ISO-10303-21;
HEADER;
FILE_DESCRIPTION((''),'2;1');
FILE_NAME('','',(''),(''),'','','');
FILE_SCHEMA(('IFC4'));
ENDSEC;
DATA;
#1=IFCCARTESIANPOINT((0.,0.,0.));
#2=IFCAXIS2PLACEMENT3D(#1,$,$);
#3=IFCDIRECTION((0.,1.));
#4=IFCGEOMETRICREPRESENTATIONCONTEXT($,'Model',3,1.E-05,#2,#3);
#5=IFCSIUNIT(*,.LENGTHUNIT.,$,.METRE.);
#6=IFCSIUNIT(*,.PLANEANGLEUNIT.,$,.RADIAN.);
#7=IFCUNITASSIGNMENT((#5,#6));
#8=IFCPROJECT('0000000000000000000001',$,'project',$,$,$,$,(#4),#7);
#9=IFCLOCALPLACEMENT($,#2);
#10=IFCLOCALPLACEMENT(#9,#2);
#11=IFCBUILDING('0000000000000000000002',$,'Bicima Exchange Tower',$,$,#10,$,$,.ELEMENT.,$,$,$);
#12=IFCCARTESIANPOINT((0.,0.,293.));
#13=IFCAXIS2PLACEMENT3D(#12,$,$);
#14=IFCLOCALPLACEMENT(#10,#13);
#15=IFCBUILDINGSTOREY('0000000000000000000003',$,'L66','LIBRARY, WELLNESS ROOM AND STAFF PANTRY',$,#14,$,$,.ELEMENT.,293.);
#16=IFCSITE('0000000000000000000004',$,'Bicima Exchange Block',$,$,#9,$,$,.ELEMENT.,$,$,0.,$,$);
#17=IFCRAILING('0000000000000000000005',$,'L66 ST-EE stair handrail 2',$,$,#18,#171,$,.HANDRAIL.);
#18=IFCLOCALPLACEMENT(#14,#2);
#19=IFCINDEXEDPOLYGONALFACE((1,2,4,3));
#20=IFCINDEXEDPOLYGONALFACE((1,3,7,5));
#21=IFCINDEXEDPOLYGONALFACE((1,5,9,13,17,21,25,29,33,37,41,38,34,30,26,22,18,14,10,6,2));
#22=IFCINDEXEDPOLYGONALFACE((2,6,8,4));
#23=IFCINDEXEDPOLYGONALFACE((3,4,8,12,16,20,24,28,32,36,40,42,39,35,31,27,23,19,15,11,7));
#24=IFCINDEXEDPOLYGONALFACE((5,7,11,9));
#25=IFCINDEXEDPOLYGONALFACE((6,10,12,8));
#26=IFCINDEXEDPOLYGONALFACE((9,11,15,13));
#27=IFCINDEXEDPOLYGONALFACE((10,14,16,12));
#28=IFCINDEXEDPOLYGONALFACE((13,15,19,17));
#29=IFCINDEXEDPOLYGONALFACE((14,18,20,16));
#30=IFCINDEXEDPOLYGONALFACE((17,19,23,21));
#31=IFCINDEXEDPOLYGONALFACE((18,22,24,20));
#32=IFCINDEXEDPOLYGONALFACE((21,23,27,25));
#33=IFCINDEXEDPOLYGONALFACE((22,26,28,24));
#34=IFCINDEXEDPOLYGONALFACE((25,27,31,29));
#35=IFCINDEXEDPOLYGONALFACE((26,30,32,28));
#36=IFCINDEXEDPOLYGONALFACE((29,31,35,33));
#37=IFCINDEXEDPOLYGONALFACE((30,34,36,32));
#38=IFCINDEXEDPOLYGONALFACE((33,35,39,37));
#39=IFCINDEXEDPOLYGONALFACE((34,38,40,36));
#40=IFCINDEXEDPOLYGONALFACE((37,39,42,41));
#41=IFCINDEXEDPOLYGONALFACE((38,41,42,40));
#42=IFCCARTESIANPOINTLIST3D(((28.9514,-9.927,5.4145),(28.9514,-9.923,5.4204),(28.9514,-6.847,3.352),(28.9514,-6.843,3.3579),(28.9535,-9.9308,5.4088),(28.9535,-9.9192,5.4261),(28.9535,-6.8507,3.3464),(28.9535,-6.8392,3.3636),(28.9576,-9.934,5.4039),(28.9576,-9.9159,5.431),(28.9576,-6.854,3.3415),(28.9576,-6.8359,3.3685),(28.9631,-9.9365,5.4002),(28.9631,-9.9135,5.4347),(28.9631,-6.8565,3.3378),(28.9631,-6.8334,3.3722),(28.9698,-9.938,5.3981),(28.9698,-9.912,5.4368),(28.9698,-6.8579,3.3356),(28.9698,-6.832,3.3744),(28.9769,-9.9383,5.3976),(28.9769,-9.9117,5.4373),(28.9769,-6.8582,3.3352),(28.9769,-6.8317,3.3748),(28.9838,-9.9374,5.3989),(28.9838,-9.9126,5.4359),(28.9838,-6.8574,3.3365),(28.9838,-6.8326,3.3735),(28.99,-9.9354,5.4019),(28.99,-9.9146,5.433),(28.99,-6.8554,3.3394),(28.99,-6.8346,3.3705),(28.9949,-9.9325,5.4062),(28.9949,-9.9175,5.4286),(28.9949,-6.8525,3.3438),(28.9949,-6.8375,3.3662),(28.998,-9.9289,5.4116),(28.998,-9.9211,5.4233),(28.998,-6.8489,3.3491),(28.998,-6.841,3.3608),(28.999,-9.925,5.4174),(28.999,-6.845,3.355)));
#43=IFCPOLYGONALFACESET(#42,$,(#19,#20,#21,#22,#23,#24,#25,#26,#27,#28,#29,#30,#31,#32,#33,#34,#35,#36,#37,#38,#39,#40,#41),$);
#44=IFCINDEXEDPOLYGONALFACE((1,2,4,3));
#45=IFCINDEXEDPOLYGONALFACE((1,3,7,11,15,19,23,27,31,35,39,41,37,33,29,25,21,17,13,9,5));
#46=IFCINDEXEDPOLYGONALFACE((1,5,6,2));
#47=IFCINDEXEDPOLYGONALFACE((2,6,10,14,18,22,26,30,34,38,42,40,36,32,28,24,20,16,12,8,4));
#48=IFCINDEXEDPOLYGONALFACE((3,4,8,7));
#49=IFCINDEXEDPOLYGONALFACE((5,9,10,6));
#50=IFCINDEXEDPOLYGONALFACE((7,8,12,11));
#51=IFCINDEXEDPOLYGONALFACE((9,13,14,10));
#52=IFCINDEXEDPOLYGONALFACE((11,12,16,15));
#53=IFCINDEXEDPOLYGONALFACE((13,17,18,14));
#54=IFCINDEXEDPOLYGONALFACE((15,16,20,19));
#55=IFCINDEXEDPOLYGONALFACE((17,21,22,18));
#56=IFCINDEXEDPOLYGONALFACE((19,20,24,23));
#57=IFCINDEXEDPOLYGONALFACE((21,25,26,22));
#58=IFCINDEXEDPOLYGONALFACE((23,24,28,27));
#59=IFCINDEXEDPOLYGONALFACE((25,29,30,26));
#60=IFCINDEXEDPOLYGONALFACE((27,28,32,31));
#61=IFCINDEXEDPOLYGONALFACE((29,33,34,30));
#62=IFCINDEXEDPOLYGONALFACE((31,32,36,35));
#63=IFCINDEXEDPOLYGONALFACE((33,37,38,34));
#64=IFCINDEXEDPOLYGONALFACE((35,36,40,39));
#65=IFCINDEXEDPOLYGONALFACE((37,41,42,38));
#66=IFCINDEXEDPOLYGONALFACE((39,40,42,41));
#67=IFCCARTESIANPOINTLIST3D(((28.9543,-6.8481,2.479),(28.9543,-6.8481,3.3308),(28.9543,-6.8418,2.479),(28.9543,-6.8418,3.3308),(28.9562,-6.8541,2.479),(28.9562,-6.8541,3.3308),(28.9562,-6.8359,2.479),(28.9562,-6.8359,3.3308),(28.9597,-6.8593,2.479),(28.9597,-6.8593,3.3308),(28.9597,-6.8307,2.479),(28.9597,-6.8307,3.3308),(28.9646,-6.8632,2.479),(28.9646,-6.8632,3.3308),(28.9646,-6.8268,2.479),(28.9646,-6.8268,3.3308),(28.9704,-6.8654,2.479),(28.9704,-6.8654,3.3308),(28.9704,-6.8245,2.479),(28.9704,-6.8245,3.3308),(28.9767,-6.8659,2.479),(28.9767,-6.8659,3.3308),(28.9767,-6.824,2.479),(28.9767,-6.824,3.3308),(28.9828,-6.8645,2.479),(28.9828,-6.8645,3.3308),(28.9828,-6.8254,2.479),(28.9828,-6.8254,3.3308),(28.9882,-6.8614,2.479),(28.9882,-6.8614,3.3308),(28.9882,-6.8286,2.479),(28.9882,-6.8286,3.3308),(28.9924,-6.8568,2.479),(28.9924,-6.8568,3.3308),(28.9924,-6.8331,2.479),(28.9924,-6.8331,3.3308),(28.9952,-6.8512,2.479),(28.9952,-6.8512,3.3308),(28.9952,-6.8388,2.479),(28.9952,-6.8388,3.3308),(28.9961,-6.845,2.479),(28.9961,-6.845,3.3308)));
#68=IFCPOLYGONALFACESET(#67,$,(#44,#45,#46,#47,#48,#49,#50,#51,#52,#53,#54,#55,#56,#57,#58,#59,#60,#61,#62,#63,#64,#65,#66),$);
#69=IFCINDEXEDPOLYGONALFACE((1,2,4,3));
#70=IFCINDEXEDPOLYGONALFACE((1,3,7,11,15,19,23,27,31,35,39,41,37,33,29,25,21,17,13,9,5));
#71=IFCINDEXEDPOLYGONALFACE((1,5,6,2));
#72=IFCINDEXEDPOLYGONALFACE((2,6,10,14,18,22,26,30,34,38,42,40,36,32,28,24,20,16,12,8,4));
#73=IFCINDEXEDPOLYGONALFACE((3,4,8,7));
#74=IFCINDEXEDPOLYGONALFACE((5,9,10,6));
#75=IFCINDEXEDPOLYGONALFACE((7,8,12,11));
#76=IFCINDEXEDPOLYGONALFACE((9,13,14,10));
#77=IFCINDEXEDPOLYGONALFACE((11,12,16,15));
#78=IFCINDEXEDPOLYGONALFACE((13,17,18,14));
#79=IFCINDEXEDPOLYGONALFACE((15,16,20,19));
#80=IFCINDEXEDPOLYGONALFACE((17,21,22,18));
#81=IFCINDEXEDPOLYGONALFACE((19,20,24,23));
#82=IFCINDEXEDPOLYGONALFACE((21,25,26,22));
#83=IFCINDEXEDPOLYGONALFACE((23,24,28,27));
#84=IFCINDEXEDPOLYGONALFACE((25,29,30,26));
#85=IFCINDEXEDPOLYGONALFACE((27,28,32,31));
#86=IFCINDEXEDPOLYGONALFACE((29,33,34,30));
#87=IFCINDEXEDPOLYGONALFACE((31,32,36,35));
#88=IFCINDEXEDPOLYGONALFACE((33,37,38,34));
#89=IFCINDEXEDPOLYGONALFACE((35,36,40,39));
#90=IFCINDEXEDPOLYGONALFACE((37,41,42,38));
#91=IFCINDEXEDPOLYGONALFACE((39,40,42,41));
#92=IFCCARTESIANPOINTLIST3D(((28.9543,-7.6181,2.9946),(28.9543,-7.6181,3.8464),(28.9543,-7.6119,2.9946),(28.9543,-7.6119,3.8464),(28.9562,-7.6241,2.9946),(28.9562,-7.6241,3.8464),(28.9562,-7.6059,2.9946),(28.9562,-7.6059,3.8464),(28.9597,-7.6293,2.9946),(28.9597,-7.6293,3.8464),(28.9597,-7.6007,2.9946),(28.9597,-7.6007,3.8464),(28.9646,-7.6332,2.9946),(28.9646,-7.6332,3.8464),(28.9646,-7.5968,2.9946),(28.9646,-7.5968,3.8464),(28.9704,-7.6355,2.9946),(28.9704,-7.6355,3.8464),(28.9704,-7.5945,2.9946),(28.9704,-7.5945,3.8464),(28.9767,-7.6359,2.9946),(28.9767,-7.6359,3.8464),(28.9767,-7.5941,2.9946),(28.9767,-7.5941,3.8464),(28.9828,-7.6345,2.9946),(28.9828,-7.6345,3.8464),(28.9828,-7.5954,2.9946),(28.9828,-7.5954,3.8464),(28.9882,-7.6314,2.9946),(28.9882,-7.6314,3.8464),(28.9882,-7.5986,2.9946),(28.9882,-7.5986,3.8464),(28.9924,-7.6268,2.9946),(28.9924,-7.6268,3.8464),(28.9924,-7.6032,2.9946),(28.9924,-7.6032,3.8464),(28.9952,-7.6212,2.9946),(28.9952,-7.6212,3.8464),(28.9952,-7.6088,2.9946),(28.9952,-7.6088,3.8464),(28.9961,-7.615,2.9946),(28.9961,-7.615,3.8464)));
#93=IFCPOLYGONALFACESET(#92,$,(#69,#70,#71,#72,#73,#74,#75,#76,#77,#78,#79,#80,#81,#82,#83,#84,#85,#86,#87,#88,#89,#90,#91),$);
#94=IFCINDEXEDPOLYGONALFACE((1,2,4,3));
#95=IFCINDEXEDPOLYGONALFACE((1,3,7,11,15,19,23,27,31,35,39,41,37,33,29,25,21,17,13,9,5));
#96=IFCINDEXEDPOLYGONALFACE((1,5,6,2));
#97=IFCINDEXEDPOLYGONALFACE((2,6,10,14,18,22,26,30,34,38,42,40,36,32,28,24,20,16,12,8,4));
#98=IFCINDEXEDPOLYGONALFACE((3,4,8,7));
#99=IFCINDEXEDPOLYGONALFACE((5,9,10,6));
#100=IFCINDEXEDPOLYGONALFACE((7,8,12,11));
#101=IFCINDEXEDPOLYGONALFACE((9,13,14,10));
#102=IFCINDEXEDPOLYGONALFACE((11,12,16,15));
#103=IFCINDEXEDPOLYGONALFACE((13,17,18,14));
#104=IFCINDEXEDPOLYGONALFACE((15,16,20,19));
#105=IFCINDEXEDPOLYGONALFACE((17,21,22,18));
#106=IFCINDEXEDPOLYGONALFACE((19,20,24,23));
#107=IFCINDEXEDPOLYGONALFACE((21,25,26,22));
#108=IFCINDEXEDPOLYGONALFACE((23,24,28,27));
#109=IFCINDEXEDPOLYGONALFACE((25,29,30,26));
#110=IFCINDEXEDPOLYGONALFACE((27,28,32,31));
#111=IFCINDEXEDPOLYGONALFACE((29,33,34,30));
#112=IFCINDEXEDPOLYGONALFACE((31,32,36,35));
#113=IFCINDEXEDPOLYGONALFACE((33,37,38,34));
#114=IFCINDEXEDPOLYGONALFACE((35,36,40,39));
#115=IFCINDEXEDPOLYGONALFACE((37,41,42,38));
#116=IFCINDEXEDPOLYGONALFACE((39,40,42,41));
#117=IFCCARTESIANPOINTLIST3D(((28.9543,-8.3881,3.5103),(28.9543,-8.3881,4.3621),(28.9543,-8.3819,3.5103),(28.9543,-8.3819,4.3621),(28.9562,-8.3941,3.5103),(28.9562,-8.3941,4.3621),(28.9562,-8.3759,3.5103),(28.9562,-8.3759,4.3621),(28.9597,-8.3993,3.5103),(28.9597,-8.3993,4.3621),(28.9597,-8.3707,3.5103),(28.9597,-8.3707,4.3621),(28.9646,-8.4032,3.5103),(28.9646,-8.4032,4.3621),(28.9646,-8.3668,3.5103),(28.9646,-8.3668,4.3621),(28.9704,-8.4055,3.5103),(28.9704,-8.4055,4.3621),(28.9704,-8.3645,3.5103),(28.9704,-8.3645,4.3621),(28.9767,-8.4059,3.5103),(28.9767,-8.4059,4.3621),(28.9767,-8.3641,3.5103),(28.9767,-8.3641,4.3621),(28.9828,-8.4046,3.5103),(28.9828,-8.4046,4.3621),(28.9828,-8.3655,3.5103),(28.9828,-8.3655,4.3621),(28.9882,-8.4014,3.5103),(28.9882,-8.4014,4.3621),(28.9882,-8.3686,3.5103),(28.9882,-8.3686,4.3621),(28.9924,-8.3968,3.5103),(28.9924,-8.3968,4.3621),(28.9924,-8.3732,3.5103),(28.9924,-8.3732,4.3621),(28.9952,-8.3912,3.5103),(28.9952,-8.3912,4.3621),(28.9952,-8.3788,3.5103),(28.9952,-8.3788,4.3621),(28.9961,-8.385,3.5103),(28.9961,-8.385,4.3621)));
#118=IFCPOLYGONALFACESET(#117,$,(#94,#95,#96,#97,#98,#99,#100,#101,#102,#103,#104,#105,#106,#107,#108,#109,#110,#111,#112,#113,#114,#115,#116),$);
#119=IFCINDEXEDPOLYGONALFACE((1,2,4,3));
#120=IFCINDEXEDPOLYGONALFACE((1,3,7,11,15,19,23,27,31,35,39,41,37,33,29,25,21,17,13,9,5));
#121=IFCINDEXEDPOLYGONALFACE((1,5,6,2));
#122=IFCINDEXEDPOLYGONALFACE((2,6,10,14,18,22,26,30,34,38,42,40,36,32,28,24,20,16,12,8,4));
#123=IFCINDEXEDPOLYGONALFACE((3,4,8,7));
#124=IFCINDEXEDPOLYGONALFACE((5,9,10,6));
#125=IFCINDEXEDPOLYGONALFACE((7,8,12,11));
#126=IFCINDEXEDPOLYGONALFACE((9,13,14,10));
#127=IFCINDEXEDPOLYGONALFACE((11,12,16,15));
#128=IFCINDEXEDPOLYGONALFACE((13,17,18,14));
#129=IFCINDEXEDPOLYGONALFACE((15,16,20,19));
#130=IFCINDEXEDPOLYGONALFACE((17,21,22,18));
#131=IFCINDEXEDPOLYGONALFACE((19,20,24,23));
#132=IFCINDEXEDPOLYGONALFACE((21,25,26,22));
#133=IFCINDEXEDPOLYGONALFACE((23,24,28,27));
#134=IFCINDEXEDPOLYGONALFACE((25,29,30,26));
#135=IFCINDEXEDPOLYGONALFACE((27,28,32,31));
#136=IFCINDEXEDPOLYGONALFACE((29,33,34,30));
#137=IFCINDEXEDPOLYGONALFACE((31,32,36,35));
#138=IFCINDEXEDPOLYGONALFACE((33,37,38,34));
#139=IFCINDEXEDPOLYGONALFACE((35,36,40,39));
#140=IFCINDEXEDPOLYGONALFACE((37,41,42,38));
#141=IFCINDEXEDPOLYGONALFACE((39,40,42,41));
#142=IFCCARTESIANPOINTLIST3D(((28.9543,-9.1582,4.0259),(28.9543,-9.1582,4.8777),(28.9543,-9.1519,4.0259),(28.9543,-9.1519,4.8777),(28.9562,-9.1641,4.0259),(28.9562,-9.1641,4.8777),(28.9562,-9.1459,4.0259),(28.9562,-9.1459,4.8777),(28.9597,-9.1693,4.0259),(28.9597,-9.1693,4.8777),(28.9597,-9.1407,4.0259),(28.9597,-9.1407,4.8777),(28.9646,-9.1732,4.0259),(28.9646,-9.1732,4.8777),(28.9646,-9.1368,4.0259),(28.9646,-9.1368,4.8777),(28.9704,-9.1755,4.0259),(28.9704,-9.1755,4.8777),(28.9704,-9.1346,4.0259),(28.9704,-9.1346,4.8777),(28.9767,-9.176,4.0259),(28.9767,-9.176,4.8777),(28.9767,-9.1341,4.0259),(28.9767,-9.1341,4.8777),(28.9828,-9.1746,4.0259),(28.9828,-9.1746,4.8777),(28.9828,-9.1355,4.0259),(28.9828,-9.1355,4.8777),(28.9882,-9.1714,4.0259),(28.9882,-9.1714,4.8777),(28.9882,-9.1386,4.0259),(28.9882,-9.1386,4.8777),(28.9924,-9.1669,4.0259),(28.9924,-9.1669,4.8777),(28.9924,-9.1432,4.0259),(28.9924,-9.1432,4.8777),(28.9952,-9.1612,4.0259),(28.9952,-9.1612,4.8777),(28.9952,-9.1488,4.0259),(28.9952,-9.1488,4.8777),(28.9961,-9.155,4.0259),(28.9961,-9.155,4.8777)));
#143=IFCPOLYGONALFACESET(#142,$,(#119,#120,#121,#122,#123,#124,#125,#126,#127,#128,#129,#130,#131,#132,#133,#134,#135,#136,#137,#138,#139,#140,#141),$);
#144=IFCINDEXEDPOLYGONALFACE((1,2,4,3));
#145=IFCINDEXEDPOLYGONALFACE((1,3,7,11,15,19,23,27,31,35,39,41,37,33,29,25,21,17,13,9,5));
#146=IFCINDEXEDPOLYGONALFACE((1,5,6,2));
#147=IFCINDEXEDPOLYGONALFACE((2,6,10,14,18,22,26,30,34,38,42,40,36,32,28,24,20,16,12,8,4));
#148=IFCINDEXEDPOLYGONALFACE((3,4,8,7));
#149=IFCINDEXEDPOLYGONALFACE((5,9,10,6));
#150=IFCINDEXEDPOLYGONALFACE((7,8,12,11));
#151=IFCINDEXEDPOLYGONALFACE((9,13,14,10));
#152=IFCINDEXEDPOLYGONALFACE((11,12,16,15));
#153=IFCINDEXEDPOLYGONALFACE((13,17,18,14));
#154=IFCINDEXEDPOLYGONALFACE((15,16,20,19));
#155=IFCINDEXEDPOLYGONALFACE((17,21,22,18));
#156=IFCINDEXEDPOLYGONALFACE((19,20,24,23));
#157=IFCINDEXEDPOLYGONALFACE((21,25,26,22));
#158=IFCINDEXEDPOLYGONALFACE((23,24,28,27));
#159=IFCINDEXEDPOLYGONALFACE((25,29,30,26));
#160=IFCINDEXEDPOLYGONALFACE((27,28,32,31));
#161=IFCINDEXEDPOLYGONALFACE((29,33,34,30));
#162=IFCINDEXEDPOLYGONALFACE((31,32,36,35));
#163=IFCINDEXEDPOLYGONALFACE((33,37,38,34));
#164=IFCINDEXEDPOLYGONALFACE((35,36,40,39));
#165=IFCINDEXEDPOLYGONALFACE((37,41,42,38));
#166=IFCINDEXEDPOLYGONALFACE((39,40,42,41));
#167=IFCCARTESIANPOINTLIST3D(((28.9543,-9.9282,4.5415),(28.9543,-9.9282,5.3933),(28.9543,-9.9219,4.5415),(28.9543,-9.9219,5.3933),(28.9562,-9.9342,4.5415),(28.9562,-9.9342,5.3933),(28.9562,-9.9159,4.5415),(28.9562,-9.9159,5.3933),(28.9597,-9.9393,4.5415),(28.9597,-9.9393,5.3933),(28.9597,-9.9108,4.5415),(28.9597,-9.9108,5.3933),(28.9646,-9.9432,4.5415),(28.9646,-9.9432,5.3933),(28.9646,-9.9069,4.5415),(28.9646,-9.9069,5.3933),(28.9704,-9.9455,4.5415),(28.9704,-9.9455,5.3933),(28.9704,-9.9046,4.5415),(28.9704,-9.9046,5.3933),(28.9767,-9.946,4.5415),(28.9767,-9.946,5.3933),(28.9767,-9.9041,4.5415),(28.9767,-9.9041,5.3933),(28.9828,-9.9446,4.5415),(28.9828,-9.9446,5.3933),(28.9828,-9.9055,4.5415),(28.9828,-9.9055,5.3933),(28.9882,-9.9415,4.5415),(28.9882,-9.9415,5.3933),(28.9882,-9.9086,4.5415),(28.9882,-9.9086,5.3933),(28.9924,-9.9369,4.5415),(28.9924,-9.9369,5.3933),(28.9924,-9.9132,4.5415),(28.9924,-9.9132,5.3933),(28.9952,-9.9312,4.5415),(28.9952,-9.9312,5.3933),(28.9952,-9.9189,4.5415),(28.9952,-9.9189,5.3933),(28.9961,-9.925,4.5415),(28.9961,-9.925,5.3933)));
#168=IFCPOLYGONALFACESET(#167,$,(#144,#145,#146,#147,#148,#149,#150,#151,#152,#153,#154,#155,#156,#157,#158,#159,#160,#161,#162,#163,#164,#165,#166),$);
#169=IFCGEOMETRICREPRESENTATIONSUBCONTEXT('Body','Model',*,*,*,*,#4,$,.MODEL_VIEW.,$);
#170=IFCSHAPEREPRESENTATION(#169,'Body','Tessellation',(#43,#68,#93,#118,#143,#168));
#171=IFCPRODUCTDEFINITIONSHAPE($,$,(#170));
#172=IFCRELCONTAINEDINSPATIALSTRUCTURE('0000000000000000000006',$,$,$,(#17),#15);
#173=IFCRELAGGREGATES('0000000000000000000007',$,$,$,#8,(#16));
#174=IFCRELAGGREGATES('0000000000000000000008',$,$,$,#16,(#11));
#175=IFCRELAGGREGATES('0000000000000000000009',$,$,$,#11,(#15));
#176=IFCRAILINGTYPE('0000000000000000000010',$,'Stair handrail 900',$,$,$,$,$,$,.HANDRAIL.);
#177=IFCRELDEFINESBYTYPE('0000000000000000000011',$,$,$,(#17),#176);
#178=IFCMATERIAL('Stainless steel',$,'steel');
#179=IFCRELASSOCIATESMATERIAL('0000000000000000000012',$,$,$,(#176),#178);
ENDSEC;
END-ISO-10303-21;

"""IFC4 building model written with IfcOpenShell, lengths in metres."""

from ifc_helpers import new_model, si_unit, direction, frame, origin, origin_2d, place, context, subcontext, project, spatial, circle, extrude, material, type_object, element, save


model = new_model("IFC4")

# Units and contexts
model_context = context("Model", 3, precision=1e-05, world=origin(), true_north=direction((0.0, 1.0)))
body_context = subcontext(model_context, "Body", "Model", "MODEL_VIEW")
ifc_project = project(units=[si_unit("LENGTHUNIT", "METRE"), si_unit("PLANEANGLEUNIT", "RADIAN")], contexts=[model_context])

# Site, building, storey
site_placement = place(None, origin())
site = spatial("IfcSite", under=ifc_project, at=site_placement, Name="Bicima Exchange Block", CompositionType="ELEMENT", RefElevation=0.0)
building_placement = place(site_placement, origin())
building = spatial("IfcBuilding", under=site, at=building_placement, Name="Bicima Exchange Tower", CompositionType="ELEMENT")
storey_placement = place(building_placement, frame((0.0, 0.0, 293.0)))
storey = spatial("IfcBuildingStorey", under=building, at=storey_placement, Name="L66", Description="LIBRARY, WELLNESS ROOM AND STAFF PANTRY", CompositionType="ELEMENT", Elevation=293.0)

# Railing
ifc_material_1 = material(Name="Stainless steel", Category="steel")
railing_type_1 = type_object("IfcRailingType", Name="Stair handrail 900", PredefinedType="HANDRAIL", material=ifc_material_1)
for number, where, name in (
    (1, (28.9751, -6.845, 2.479), "L66 ST-EE stair handrail 2"),
):
    element("IfcRailing", number, at=place(storey_placement, frame(where)), inside=storey, type_object=railing_type_1, Name=name, PredefinedType="HANDRAIL", context=body_context, shape_type="SweptSolid", body=[
        extrude(circle(Radius=0.0239, at=origin_2d()), frame((0.0, 0.0, 0.876), z_axis=(0.0, -0.830914, 0.556401), x_axis=(1.0, 0.0, 0.0)), (0.0, 0.0, 1.0), 3.7068),
        extrude(circle(Radius=0.021, at=origin_2d()), origin(), (0.0, 0.0, 1.0), 0.8518),
        extrude(circle(Radius=0.021, at=origin_2d()), frame((0.0, -0.77, 0.5156)), (0.0, 0.0, 1.0), 0.8518),
        extrude(circle(Radius=0.021, at=origin_2d()), frame((0.0, -1.54, 1.0312)), (0.0, 0.0, 1.0), 0.8518),
        extrude(circle(Radius=0.021, at=origin_2d()), frame((0.0, -2.3101, 1.5469)), (0.0, 0.0, 1.0), 0.8518),
        extrude(circle(Radius=0.021, at=origin_2d()), frame((0.0, -3.0801, 2.0625)), (0.0, 0.0, 1.0), 0.8518),
    ])

save(model, "model.ifc")
